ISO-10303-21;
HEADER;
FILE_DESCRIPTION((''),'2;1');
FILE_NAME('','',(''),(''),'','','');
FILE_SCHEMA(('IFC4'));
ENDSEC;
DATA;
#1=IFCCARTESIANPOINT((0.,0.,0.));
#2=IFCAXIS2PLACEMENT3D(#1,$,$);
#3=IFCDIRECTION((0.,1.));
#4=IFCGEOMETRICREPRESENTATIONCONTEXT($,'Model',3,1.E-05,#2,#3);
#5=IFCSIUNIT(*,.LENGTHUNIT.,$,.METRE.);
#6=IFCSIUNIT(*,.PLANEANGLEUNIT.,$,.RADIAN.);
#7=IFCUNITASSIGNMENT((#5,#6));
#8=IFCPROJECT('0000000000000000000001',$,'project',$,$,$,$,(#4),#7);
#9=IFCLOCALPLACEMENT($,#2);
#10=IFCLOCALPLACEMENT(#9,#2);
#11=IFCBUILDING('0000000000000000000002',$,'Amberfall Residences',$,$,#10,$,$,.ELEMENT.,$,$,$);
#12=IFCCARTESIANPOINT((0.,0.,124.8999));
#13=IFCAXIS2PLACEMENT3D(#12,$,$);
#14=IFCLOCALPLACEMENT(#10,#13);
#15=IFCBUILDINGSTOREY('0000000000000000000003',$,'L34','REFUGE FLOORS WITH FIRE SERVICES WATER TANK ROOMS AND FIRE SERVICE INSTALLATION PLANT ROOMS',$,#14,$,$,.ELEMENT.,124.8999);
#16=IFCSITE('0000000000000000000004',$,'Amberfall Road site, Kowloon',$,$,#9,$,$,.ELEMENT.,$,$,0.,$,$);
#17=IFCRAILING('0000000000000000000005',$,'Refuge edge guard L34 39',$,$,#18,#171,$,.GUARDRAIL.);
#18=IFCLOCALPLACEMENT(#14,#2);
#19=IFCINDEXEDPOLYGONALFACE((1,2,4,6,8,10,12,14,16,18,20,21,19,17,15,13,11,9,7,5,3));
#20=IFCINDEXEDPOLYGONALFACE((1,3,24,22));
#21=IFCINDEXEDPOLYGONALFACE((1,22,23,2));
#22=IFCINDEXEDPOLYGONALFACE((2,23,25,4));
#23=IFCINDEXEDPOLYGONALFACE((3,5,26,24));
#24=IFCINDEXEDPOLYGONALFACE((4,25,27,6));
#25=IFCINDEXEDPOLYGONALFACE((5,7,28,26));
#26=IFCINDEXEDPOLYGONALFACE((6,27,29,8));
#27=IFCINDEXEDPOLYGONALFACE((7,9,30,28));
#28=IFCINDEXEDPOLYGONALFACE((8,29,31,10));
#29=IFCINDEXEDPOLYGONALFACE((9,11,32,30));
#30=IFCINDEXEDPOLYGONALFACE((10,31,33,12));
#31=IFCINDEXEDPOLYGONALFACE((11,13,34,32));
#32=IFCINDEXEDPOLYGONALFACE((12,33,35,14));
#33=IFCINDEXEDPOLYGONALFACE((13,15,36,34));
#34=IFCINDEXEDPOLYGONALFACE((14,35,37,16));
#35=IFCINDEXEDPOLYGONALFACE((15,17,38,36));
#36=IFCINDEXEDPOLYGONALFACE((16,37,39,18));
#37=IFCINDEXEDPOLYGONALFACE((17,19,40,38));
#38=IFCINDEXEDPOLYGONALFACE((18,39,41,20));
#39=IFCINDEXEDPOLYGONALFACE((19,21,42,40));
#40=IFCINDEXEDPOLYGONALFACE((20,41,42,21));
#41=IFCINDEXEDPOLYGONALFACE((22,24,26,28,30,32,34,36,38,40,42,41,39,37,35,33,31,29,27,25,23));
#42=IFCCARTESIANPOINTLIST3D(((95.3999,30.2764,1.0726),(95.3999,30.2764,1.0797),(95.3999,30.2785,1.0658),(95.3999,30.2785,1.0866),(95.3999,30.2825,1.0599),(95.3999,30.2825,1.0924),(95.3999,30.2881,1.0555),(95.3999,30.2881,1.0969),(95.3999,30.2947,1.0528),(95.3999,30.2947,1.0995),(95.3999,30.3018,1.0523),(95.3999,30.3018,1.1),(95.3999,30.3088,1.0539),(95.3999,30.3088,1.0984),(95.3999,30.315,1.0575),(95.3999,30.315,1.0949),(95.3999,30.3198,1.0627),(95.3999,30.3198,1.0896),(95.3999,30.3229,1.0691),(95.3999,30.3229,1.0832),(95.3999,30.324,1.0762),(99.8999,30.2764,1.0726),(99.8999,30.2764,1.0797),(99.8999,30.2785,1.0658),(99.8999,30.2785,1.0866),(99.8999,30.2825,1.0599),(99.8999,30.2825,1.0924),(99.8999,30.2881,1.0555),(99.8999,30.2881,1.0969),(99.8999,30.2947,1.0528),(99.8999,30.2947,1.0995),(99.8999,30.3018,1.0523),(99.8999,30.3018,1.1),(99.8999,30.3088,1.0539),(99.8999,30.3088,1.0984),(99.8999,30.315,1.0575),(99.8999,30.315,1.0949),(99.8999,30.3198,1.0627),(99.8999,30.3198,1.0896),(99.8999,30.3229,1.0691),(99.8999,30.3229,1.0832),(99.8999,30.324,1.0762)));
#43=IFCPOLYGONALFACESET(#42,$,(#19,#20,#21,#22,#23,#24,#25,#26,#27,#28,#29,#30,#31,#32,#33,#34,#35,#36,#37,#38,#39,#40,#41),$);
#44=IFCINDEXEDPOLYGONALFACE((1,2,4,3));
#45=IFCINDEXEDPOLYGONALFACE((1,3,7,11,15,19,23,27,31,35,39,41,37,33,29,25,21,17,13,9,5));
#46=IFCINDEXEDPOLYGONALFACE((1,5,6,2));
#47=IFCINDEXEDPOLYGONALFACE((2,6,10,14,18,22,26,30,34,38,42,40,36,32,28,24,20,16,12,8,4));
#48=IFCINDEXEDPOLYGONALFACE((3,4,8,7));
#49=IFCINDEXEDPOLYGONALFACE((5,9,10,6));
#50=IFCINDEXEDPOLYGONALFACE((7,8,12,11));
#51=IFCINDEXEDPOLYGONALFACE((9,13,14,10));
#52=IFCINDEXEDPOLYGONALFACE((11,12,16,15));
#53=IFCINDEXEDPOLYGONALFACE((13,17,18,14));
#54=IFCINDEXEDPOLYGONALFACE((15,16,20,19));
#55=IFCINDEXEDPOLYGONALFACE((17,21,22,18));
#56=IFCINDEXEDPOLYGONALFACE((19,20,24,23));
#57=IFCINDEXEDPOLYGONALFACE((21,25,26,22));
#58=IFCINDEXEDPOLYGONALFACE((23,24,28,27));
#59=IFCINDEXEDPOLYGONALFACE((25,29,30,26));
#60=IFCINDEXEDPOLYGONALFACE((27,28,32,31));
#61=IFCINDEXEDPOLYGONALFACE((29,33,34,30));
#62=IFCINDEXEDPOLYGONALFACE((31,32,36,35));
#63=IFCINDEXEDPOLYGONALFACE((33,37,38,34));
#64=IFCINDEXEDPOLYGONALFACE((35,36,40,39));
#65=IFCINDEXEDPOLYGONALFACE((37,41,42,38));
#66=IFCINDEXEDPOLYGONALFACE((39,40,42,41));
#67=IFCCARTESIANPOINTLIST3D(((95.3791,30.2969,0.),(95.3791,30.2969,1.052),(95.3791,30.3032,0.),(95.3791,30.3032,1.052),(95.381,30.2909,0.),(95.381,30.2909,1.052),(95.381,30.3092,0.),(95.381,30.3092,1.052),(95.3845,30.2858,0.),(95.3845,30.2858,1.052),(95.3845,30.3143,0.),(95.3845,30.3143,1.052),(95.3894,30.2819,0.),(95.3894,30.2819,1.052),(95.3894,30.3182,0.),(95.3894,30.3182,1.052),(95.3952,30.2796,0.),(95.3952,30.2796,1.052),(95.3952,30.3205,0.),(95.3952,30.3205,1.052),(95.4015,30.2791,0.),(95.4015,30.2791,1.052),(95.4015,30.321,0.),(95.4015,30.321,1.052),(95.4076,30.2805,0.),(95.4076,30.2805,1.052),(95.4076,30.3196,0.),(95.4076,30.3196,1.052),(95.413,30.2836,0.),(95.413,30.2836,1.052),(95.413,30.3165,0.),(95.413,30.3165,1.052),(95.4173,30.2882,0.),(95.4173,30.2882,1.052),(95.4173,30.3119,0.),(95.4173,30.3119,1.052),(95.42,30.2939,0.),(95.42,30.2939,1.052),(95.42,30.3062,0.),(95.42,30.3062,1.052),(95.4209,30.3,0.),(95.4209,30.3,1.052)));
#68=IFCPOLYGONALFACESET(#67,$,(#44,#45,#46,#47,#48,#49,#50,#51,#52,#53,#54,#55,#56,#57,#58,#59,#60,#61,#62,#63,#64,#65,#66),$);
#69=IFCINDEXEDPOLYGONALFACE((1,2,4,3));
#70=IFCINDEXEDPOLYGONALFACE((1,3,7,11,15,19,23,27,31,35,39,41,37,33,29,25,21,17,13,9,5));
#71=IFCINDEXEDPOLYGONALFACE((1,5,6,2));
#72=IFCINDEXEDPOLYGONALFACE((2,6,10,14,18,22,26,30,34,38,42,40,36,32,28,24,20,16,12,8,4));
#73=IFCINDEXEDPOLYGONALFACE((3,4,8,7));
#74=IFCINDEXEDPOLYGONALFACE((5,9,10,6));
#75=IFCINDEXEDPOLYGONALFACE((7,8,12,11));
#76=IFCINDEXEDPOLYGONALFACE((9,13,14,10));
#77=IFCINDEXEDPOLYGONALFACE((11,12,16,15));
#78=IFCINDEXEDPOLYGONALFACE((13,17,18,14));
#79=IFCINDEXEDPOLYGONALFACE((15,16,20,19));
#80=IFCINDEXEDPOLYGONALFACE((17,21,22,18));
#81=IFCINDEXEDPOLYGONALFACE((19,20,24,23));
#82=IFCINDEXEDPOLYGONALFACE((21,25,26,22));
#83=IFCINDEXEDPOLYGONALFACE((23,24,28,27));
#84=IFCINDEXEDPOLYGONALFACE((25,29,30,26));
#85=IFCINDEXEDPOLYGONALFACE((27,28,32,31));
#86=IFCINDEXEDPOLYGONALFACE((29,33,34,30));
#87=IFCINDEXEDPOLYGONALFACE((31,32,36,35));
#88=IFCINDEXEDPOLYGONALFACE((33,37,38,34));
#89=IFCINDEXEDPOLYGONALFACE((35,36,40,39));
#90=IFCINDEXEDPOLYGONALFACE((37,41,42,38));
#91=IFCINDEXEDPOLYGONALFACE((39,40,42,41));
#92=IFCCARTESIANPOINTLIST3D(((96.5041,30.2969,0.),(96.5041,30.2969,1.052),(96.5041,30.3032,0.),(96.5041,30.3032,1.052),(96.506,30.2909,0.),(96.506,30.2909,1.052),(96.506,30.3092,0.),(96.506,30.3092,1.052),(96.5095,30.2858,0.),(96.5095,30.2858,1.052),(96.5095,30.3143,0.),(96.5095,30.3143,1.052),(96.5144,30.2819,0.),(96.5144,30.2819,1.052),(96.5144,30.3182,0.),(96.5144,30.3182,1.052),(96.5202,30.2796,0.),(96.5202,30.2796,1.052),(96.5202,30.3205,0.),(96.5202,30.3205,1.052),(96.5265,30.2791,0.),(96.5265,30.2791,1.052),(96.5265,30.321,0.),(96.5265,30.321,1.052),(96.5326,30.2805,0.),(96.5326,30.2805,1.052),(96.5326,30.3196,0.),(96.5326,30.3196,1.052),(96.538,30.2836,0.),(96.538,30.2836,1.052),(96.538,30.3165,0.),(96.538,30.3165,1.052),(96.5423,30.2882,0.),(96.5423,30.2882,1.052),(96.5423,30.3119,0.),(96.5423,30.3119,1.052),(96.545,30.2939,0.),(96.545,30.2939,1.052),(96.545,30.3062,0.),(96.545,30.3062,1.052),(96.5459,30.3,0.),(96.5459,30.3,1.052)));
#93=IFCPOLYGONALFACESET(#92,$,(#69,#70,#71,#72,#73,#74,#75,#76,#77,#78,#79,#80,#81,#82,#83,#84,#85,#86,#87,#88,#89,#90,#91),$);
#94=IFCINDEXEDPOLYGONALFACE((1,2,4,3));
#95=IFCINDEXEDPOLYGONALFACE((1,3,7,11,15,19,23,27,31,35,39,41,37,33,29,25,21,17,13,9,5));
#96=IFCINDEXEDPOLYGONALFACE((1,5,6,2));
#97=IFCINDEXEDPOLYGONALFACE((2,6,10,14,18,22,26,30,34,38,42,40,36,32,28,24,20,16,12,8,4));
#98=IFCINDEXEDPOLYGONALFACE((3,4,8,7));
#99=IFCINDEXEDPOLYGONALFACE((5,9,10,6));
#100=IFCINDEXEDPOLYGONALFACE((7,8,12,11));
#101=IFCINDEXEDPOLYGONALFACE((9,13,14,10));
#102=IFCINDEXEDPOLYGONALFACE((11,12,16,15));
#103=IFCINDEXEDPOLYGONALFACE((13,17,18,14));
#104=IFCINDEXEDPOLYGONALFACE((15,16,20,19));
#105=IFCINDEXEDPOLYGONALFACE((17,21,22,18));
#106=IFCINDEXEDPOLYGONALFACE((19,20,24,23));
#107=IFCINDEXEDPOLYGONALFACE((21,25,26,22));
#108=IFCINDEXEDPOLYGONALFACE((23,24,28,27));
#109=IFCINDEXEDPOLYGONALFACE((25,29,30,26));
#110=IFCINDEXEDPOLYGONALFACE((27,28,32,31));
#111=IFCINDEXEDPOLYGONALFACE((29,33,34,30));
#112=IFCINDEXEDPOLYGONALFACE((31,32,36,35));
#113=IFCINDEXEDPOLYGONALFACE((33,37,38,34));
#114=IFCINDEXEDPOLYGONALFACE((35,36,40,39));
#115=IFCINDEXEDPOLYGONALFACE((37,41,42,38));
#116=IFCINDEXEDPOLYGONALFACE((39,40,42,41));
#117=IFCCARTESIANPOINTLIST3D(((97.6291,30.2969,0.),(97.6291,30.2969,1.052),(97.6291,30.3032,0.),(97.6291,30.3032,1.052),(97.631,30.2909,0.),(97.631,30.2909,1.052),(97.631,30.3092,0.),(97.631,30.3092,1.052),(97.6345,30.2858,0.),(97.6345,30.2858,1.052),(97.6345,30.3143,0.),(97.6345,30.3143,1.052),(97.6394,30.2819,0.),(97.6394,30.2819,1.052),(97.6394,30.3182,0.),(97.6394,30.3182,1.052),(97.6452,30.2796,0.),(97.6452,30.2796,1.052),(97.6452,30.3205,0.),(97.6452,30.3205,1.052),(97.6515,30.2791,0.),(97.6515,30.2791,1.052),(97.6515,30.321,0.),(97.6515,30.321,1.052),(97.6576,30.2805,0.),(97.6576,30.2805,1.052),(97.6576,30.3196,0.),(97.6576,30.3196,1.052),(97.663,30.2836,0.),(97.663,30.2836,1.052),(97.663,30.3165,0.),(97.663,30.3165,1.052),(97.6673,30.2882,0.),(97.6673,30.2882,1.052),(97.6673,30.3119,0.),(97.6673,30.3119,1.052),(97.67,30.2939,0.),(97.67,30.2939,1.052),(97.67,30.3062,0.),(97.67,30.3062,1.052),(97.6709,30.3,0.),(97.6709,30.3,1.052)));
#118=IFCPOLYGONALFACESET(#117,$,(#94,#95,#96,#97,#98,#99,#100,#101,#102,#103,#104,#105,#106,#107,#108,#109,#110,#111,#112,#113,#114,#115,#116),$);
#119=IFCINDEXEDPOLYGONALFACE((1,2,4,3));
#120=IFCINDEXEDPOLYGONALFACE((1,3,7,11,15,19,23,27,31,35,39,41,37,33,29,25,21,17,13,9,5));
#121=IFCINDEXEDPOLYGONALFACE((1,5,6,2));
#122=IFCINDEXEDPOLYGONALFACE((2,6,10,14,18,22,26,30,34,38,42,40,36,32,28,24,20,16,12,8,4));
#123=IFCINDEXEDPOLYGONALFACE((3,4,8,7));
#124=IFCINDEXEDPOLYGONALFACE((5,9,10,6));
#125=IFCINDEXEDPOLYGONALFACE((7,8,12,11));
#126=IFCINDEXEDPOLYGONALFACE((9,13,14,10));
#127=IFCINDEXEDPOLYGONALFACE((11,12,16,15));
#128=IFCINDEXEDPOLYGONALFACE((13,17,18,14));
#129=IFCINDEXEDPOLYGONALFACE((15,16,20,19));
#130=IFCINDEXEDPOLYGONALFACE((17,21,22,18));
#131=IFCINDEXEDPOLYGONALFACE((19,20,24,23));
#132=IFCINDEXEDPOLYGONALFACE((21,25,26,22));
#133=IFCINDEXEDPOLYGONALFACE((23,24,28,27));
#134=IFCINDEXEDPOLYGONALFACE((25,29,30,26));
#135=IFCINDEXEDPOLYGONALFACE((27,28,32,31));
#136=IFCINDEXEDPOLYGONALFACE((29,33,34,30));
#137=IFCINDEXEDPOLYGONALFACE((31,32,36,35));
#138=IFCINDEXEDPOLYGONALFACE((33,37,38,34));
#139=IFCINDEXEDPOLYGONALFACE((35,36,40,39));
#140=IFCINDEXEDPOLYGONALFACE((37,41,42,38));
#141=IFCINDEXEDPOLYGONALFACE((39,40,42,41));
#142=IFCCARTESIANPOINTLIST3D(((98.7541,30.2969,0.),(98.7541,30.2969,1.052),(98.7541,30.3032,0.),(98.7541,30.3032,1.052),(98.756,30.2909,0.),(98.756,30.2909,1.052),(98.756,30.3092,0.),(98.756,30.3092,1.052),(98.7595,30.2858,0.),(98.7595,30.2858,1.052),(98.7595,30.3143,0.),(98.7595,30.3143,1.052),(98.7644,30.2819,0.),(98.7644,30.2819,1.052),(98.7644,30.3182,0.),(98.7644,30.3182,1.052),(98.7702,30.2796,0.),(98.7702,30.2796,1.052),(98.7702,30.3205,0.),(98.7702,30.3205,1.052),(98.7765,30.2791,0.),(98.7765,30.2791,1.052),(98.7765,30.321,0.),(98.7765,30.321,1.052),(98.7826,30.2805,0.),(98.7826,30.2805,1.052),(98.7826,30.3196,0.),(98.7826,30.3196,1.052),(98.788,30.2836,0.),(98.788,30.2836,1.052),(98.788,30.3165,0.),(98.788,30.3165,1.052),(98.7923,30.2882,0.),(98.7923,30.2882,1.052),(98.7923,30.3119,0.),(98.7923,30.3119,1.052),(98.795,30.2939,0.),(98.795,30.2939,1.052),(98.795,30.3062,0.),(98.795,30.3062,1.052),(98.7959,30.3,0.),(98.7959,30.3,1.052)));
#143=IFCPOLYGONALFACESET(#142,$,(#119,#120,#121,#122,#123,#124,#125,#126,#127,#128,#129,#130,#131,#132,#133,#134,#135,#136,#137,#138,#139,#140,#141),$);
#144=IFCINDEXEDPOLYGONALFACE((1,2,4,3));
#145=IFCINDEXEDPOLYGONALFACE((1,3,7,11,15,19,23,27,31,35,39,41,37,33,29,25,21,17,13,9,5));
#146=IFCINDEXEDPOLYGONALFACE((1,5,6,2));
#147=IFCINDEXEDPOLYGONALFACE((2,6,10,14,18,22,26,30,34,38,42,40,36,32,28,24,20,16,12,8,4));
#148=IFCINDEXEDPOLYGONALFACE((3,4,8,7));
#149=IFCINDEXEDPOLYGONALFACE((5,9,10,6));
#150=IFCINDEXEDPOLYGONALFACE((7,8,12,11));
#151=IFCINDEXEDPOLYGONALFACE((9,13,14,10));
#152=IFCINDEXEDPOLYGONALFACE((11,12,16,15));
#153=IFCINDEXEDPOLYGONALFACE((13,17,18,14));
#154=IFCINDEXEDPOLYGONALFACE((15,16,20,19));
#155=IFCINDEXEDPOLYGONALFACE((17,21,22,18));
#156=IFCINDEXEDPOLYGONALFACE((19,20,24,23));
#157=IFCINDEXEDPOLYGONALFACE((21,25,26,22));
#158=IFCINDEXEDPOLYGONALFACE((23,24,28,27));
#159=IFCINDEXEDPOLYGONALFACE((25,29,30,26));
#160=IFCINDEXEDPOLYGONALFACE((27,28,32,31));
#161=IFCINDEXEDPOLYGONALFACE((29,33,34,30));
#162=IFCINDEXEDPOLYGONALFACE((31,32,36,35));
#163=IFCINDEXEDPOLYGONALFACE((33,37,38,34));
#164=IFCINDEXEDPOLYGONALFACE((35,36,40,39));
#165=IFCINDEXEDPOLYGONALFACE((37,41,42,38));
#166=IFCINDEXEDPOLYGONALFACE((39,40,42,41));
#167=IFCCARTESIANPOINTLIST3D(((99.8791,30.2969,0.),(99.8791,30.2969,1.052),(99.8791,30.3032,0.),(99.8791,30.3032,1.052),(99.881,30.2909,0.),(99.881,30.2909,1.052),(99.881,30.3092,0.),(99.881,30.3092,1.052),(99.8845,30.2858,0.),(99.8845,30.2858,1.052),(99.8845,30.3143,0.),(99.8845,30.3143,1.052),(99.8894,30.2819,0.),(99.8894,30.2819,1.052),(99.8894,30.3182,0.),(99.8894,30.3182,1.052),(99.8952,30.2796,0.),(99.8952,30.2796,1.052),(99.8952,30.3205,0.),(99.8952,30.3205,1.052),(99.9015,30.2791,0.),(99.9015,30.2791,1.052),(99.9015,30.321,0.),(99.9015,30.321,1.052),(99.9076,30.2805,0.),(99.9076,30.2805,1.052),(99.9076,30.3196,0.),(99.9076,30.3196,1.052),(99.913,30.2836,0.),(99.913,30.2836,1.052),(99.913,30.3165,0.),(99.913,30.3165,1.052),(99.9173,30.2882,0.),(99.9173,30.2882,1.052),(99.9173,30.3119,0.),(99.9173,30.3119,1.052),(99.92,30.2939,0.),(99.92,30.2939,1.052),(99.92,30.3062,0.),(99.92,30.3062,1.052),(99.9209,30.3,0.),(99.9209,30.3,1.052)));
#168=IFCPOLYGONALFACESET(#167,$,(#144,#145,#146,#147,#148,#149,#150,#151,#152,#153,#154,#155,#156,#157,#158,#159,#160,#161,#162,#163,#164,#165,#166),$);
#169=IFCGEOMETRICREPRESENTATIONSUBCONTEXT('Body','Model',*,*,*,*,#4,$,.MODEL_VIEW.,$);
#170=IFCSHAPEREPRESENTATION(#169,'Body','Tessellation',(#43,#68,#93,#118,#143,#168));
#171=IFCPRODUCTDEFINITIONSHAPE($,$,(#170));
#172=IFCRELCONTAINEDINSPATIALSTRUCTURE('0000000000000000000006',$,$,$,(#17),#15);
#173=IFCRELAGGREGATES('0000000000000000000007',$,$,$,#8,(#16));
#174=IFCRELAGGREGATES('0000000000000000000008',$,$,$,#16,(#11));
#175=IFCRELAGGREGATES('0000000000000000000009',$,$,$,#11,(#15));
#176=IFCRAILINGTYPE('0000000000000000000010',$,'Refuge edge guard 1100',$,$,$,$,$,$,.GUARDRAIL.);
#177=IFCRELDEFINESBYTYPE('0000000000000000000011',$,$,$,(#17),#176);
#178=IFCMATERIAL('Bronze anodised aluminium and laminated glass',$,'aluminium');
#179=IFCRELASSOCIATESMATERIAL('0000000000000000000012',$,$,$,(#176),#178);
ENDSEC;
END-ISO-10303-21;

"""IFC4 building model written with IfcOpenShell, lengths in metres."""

from ifc_helpers import new_model, si_unit, direction, frame, origin, origin_2d, place, context, subcontext, project, spatial, circle, extrude, material, type_object, element, save


model = new_model("IFC4")

# Units and contexts
model_context = context("Model", 3, precision=1e-05, world=origin(), true_north=direction((0.0, 1.0)))
body_context = subcontext(model_context, "Body", "Model", "MODEL_VIEW")
ifc_project = project(units=[si_unit("LENGTHUNIT", "METRE"), si_unit("PLANEANGLEUNIT", "RADIAN")], contexts=[model_context])

# Site, building, storey
site_placement = place(None, origin())
site = spatial("IfcSite", under=ifc_project, at=site_placement, Name="Amberfall Road site, Kowloon", CompositionType="ELEMENT", RefElevation=0.0)
building_placement = place(site_placement, origin())
building = spatial("IfcBuilding", under=site, at=building_placement, Name="Amberfall Residences", CompositionType="ELEMENT")
storey_placement = place(building_placement, frame((0.0, 0.0, 124.8999)))
storey = spatial("IfcBuildingStorey", under=building, at=storey_placement, Name="L34", Description="REFUGE FLOORS WITH FIRE SERVICES WATER TANK ROOMS AND FIRE SERVICE INSTALLATION PLANT ROOMS", CompositionType="ELEMENT", Elevation=124.8999)

# Railing
ifc_material_1 = material(Name="Bronze anodised aluminium and laminated glass", Category="aluminium")
railing_type = type_object("IfcRailingType", Name="Refuge edge guard 1100", PredefinedType="GUARDRAIL", material=ifc_material_1)
railing_1_placement = place(storey_placement, frame((95.3999, 30.3, 0.0)))
element("IfcRailing", 1, at=railing_1_placement, inside=storey, type_object=railing_type, Name="Refuge edge guard L34 39", PredefinedType="GUARDRAIL", context=body_context, shape_type="SweptSolid", body=[
    extrude(circle(Radius=0.0239, at=origin_2d()), frame((0.0, 0.0, 1.0762), z_axis=(1.0, 0.0, 0.0), x_axis=(0.0, 1.0, 0.0)), (0.0, 0.0, 1.0), 4.5),
    extrude(circle(Radius=0.021, at=origin_2d()), origin(), (0.0, 0.0, 1.0), 1.052),
    extrude(circle(Radius=0.021, at=origin_2d()), frame((1.125, 0.0, 0.0)), (0.0, 0.0, 1.0), 1.052),
    extrude(circle(Radius=0.021, at=origin_2d()), frame((2.25, 0.0, 0.0)), (0.0, 0.0, 1.0), 1.052),
    extrude(circle(Radius=0.021, at=origin_2d()), frame((3.375, 0.0, 0.0)), (0.0, 0.0, 1.0), 1.052),
    extrude(circle(Radius=0.021, at=origin_2d()), frame((4.5, 0.0, 0.0)), (0.0, 0.0, 1.0), 1.052),
])

save(model, "model.ifc")
